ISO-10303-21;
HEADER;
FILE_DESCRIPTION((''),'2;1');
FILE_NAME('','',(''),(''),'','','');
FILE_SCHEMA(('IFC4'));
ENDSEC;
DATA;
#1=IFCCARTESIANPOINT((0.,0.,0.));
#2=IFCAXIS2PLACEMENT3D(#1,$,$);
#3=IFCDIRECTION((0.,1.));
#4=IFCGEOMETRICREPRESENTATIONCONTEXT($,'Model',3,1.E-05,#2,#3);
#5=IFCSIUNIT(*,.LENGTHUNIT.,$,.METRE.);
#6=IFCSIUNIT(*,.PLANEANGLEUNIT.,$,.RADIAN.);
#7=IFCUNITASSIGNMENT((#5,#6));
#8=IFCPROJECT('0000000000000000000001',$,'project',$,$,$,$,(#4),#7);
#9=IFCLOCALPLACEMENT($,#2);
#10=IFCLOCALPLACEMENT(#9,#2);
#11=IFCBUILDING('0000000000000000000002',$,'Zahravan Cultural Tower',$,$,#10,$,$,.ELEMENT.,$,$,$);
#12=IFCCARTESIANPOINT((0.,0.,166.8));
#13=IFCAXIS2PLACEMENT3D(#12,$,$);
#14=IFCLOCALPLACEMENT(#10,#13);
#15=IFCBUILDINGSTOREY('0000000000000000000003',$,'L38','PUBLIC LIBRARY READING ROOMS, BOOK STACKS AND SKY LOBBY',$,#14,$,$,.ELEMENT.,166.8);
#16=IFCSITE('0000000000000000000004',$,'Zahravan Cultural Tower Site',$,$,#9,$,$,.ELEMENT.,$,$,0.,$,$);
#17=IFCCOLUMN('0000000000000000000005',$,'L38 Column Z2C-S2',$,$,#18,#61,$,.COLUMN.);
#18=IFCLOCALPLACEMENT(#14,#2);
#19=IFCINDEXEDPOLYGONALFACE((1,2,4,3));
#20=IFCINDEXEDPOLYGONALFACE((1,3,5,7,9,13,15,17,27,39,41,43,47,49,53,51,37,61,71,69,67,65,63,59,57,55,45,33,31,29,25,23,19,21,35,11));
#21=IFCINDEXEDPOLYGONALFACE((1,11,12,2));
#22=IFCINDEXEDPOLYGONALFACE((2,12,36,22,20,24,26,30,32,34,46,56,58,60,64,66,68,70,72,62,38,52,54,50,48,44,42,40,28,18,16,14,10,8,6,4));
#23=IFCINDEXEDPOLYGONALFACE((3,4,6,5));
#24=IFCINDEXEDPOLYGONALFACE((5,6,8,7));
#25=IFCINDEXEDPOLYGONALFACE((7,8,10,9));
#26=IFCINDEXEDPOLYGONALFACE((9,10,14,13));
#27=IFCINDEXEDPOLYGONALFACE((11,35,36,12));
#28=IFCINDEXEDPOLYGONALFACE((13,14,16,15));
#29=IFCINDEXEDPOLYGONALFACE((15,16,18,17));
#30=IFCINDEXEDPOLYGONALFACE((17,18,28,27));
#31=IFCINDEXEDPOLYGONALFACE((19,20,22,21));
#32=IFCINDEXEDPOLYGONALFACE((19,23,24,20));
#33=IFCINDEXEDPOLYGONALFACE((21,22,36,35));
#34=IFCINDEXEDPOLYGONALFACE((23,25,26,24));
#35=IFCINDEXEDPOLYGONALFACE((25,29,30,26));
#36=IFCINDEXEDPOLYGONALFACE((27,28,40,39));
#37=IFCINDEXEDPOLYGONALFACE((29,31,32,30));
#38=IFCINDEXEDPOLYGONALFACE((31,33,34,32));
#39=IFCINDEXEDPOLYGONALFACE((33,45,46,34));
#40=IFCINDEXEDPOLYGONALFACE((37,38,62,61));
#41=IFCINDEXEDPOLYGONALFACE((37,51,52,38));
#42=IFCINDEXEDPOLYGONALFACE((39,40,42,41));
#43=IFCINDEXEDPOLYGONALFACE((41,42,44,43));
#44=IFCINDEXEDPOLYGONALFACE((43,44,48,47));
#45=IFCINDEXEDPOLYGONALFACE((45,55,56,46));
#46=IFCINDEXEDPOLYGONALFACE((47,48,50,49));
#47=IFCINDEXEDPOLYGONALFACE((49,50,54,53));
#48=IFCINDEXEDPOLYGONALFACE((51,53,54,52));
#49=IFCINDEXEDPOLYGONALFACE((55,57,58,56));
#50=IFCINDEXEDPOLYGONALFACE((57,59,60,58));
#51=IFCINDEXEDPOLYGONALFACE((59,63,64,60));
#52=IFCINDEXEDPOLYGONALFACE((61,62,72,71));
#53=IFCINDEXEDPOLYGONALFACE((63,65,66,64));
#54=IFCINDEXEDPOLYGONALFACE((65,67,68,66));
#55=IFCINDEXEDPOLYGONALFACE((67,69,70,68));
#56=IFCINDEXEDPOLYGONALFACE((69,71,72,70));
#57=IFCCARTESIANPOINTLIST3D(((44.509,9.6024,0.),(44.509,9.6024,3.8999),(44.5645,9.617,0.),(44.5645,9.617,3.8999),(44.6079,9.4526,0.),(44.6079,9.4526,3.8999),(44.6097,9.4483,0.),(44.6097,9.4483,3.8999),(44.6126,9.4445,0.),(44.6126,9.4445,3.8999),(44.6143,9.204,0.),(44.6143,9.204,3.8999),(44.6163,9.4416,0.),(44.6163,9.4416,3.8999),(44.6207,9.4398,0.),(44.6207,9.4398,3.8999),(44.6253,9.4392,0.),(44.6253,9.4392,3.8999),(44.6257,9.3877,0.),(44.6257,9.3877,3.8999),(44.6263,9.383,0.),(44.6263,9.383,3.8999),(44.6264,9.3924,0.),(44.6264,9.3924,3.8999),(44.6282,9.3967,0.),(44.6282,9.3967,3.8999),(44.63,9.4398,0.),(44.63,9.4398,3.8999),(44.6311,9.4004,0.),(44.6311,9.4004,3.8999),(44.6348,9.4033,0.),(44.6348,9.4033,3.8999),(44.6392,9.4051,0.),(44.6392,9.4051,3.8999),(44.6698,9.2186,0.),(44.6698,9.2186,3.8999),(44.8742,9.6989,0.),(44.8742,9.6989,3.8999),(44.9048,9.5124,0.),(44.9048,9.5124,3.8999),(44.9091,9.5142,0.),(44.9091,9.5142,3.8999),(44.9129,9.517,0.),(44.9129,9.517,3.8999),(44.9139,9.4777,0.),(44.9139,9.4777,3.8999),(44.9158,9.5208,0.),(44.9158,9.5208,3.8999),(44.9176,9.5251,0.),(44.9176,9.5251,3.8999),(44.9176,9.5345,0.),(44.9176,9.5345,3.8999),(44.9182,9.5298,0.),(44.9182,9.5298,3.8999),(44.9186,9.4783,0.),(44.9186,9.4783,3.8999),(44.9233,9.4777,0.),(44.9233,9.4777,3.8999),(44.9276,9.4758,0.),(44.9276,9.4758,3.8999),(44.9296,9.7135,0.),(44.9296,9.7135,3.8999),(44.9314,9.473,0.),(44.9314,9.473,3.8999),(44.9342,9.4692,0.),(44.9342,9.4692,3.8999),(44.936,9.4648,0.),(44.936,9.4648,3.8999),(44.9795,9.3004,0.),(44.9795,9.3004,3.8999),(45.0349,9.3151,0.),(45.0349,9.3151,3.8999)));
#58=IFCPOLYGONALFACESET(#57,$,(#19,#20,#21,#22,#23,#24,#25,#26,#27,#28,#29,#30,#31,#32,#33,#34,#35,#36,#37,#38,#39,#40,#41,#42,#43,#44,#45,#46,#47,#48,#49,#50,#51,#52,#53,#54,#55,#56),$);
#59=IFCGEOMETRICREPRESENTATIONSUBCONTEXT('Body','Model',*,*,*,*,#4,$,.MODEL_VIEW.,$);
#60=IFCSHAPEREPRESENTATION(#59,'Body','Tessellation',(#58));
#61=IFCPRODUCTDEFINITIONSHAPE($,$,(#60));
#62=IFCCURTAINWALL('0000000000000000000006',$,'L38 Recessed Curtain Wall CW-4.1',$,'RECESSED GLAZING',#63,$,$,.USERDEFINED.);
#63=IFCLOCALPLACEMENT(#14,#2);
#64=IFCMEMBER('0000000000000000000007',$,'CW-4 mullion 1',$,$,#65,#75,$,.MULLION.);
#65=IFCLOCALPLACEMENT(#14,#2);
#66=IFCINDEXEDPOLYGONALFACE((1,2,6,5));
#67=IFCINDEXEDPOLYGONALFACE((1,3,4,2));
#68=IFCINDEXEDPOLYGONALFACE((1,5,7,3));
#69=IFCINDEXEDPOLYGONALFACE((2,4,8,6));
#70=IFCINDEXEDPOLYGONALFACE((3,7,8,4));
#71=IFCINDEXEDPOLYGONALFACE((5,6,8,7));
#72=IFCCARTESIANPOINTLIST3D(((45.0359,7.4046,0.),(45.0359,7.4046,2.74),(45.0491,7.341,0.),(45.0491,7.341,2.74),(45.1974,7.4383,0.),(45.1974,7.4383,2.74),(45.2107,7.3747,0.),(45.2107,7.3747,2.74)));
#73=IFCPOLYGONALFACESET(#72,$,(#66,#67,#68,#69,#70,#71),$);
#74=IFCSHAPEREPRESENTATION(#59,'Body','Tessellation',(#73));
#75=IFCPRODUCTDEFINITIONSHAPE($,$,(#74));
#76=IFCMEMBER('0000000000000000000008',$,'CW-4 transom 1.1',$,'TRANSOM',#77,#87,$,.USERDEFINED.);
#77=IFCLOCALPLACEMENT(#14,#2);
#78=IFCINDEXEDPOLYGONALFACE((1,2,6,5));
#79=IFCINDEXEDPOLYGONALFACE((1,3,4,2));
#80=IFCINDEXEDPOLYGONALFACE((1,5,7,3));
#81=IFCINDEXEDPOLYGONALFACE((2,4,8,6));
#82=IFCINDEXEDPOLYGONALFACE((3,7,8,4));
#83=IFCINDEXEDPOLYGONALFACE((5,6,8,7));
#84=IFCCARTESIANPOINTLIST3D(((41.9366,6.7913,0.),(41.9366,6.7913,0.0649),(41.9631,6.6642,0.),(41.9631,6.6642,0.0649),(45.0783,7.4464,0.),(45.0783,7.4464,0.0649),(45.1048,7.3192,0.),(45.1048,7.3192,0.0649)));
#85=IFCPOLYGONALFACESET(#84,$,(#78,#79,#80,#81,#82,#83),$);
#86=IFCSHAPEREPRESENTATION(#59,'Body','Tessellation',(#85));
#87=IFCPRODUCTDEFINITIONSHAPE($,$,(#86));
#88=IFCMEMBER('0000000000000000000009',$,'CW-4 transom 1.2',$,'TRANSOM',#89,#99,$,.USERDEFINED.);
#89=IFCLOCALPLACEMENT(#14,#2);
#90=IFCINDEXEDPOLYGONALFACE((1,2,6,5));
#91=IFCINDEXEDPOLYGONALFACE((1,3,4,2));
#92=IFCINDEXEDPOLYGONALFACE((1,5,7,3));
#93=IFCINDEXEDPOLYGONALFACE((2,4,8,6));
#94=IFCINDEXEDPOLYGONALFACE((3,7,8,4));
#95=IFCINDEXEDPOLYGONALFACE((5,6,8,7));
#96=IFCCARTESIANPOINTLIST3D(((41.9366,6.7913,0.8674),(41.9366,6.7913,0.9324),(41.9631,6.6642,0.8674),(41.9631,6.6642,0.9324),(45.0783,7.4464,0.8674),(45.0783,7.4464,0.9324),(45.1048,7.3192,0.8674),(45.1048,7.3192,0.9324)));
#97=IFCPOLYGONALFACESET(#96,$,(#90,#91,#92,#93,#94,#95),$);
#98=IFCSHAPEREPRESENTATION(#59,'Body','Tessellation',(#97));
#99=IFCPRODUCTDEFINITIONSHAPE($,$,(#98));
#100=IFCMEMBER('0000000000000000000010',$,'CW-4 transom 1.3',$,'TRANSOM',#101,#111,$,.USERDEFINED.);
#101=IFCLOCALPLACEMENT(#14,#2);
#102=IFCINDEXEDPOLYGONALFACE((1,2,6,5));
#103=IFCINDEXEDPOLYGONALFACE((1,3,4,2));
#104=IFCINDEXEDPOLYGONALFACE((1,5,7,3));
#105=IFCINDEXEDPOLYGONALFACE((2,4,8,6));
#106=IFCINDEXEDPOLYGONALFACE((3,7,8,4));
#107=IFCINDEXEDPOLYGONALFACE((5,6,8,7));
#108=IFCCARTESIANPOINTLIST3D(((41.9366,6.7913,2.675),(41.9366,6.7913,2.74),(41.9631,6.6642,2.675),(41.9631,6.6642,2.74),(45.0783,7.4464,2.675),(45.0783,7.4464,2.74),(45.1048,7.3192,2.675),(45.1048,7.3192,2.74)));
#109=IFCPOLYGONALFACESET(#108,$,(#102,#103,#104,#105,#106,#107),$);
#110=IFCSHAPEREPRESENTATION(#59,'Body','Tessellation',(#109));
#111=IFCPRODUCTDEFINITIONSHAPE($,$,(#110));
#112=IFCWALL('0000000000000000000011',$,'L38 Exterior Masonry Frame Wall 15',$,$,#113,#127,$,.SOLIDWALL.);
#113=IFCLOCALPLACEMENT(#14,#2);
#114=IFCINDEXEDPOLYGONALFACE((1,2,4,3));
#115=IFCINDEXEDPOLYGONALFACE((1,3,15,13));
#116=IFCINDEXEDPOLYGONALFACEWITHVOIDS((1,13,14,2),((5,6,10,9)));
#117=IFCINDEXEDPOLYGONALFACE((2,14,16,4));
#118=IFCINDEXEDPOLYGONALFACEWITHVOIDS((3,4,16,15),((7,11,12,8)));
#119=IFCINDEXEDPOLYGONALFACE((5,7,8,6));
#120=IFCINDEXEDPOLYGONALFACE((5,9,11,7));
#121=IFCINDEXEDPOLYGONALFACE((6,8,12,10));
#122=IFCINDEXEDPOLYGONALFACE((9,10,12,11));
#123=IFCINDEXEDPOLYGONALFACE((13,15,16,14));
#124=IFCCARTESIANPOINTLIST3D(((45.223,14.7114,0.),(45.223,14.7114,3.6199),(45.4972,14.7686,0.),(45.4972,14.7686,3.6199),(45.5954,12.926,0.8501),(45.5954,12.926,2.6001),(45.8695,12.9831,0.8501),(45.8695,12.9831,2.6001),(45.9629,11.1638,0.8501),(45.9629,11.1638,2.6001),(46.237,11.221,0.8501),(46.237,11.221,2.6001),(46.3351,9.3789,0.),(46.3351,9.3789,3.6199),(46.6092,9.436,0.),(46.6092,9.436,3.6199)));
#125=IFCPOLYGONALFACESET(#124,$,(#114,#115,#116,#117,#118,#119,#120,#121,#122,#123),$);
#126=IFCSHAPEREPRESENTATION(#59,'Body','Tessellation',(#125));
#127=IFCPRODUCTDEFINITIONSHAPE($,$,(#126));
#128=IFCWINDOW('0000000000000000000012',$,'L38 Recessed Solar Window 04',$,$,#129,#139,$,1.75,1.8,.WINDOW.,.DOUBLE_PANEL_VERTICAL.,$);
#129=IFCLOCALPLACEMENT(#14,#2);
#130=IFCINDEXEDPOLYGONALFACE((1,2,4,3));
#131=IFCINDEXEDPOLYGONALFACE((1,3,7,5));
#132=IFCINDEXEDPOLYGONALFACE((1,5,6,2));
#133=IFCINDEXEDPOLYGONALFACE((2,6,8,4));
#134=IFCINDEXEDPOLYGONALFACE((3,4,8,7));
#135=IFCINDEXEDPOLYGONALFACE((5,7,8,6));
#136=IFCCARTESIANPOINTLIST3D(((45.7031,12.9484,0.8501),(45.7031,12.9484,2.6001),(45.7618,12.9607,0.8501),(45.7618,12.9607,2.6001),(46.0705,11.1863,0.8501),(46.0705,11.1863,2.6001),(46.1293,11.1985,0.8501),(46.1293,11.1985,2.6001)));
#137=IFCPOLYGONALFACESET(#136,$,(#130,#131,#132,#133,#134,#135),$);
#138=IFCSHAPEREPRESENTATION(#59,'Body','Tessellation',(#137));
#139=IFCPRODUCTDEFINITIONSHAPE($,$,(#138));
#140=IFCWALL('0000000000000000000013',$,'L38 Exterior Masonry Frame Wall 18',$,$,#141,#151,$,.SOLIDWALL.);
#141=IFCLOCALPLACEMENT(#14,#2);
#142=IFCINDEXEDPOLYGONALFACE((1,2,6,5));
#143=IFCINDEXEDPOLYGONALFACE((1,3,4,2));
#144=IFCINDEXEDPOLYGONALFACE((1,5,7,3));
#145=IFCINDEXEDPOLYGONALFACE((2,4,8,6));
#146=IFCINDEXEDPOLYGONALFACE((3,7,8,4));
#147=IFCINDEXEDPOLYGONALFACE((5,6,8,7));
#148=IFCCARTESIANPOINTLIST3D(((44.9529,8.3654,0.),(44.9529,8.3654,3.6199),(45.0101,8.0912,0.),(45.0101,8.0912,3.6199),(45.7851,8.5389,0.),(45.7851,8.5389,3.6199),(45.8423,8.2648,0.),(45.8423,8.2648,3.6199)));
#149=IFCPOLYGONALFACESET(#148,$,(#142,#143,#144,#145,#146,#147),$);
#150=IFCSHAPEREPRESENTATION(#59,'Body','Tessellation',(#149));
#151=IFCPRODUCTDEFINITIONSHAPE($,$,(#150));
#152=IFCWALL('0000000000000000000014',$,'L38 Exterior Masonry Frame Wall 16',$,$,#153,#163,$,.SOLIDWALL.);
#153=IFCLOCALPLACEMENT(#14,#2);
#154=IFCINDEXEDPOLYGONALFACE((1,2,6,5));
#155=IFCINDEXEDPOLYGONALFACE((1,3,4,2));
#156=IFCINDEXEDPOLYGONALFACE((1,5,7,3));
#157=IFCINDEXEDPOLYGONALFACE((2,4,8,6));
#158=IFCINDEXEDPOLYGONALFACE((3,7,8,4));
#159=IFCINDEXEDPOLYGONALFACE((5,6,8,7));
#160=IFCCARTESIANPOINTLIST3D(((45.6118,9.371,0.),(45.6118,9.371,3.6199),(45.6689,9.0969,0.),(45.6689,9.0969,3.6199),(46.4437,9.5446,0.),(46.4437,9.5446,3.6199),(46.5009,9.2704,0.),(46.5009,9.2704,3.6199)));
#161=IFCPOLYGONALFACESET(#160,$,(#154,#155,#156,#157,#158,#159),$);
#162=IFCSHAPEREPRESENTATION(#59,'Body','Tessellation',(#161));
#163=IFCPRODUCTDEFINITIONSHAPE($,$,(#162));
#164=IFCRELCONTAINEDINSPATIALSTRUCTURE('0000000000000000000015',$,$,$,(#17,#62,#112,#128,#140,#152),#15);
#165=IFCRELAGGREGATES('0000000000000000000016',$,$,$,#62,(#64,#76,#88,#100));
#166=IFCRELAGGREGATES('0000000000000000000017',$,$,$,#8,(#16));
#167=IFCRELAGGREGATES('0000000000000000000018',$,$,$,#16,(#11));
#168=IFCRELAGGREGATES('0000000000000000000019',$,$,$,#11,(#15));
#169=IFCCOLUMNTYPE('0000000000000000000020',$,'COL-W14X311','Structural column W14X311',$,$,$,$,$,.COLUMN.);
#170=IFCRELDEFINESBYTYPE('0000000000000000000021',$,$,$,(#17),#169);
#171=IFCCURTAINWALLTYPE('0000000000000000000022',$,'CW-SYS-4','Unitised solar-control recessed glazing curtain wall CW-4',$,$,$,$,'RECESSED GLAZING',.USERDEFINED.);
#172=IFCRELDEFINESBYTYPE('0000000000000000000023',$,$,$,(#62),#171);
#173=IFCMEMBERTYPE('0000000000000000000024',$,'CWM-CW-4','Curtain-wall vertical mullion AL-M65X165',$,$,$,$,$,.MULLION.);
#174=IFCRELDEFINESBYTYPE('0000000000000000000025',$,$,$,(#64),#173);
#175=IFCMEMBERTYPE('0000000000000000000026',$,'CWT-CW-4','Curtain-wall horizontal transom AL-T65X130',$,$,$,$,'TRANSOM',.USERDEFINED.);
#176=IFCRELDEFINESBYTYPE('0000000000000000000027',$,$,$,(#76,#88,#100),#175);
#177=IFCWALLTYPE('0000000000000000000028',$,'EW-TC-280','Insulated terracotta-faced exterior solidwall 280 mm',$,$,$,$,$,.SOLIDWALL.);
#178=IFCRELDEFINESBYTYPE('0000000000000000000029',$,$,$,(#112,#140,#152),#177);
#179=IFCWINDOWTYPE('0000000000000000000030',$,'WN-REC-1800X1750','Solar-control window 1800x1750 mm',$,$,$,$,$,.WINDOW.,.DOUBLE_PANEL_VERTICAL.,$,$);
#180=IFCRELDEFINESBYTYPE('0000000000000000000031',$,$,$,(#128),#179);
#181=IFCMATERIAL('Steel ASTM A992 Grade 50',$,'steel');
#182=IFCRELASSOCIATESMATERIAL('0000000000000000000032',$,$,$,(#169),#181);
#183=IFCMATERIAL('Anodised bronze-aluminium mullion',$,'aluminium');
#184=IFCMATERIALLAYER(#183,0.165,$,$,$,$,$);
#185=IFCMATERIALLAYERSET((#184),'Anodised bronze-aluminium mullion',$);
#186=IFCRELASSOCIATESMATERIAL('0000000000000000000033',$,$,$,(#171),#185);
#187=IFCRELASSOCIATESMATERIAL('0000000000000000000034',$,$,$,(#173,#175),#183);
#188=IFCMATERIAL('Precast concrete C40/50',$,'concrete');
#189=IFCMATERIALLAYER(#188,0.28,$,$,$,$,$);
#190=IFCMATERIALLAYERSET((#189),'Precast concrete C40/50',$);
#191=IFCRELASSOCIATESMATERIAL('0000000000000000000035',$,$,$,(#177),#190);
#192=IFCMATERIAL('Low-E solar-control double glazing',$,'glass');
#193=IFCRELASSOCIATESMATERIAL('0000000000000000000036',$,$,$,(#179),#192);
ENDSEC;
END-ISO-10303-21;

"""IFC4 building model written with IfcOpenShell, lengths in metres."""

from ifc_helpers import new_model, si_unit, direction, frame, frame_2d, origin, origin_2d, place, context, subcontext, project, spatial, rectangle, i_section, extrude, source, transform, mapped, material, layer, layer_set, material_profile, profile_set, type_object, element, fill, aggregate, save


model = new_model("IFC4")

# Units and contexts
model_context = context("Model", 3, precision=1e-05, world=origin(), true_north=direction((0.0, 1.0)))
body_context = subcontext(model_context, "Body", "Model", "MODEL_VIEW")
ifc_project = project(units=[si_unit("LENGTHUNIT", "METRE"), si_unit("PLANEANGLEUNIT", "RADIAN")], contexts=[model_context])

# Site, building, storey
site_placement = place(None, origin())
site = spatial("IfcSite", under=ifc_project, at=site_placement, Name="Zahravan Cultural Tower Site", CompositionType="ELEMENT", RefElevation=0.0)
building_placement = place(site_placement, origin())
building = spatial("IfcBuilding", under=site, at=building_placement, Name="Zahravan Cultural Tower", CompositionType="ELEMENT")
storey_placement = place(building_placement, frame((0.0, 0.0, 166.8)))
storey = spatial("IfcBuildingStorey", under=building, at=storey_placement, Name="L38", Description="PUBLIC LIBRARY READING ROOMS, BOOK STACKS AND SKY LOBBY", CompositionType="ELEMENT", Elevation=166.8)

# Column
ifc_material_1 = material(Name="Steel ASTM A992 Grade 50", Category="steel")
ifc_material_profile_1 = material_profile(ifc_material_1, i_section(OverallWidth=0.4121, OverallDepth=0.4351, WebThickness=0.0359, FlangeThickness=0.0574, FilletRadius=0.0181, at=origin_2d()), Name="W14X311")
ifc_profile_set_1 = profile_set([ifc_material_profile_1], Name="Steel ASTM A992 Grade 50")
column_type = type_object("IfcColumnType", Name="COL-W14X311", Description="Structural column W14X311", PredefinedType="COLUMN", material=ifc_profile_set_1)
shared_shape_1 = source(origin(), body_context, "Body", "SweptSolid", [
    extrude(i_section(OverallWidth=0.4121, OverallDepth=0.4351, WebThickness=0.0359, FlangeThickness=0.0574, FilletRadius=0.0181, at=origin_2d()), origin(), (0.0, 0.0, 1.0), 3.8999),
])
column_placement = place(storey_placement, frame((44.772, 9.4587, 0.0), z_axis=(0.0, 0.0, 1.0), x_axis=(-0.255446, 0.966823, 0.0)))
element("IfcColumn", 1, at=column_placement, inside=storey, type_object=column_type, Name="L38 Column Z2C-S2", PredefinedType="COLUMN", context=body_context, shape_type="MappedRepresentation", body=[
    mapped(shared_shape_1, transform((0.0, 0.0, 0.0), x_axis=(1.0, 0.0, 0.0), y_axis=(0.0, 1.0, 0.0), z_axis=(0.0, 0.0, 1.0), scale=1.0)),
])

# Curtain wall, members
ifc_material_2 = material(Name="Anodised bronze-aluminium mullion", Category="aluminium")
ifc_layer_1 = layer(ifc_material_2, 0.165)
ifc_layer_set_1 = layer_set([ifc_layer_1], Name="Anodised bronze-aluminium mullion")
curtain_wall_type = type_object("IfcCurtainWallType", Name="CW-SYS-4", Description="Unitised solar-control recessed glazing curtain wall CW-4", ElementType="RECESSED GLAZING", PredefinedType="USERDEFINED", material=ifc_layer_set_1)
curtain_wall_placement = place(storey_placement, origin())
curtain_wall = element("IfcCurtainWall", 2, at=curtain_wall_placement, inside=storey, type_object=curtain_wall_type, Name="L38 Recessed Curtain Wall CW-4.1", ObjectType="RECESSED GLAZING", PredefinedType="USERDEFINED")
ifc_material_profile_2 = material_profile(ifc_material_2, rectangle(XDim=0.0649, YDim=0.165, at=origin_2d()), Name="AL-M65X165")
ifc_profile_set_2 = profile_set([ifc_material_profile_2], Name="Anodised bronze-aluminium mullion")
member_type_1 = type_object("IfcMemberType", Name="CWM-CW-4", Description="Curtain-wall vertical mullion AL-M65X165", PredefinedType="MULLION", material=ifc_profile_set_2)
shared_shape_2 = source(origin(), body_context, "Body", "SweptSolid", [
    extrude(rectangle(XDim=0.0649, YDim=0.165, at=origin_2d()), origin(), (0.0, 0.0, 1.0), 2.74),
])
member_1_placement = place(storey_placement, frame((45.1233, 7.3896, 0.0), z_axis=(0.0, 0.0, 1.0), x_axis=(0.204162, -0.978937, 0.0)))
member_1 = element("IfcMember", 3, at=member_1_placement, type_object=member_type_1, Name="CW-4 mullion 1", PredefinedType="MULLION", context=body_context, shape_type="MappedRepresentation", body=[
    mapped(shared_shape_2, transform((0.0, 0.0, 0.0), x_axis=(1.0, 0.0, 0.0), y_axis=(0.0, 1.0, 0.0), z_axis=(0.0, 0.0, 1.0), scale=1.0)),
])
ifc_material_profile_3 = material_profile(ifc_material_2, rectangle(XDim=0.1299, YDim=0.0649, at=origin_2d()), Name="AL-T65X130")
ifc_profile_set_3 = profile_set([ifc_material_profile_3], Name="Anodised bronze-aluminium mullion")
member_type_2 = type_object("IfcMemberType", Name="CWT-CW-4", Description="Curtain-wall horizontal transom AL-T65X130", ElementType="TRANSOM", PredefinedType="USERDEFINED", material=ifc_profile_set_3)
shared_shape_3 = source(origin(), body_context, "Body", "SweptSolid", [
    extrude(rectangle(XDim=0.1299, YDim=0.0649, at=origin_2d()), origin(), (0.0, 0.0, 1.0), 3.2092),
])
member_2_placement = place(storey_placement, frame((45.0916, 7.3828, 0.0325), z_axis=(-0.978947, -0.204112, 0.0), x_axis=(0.204112, -0.978947, 0.0)))
member_2 = element("IfcMember", 4, at=member_2_placement, type_object=member_type_2, Name="CW-4 transom 1.1", ObjectType="TRANSOM", PredefinedType="USERDEFINED", context=body_context, shape_type="MappedRepresentation", body=[
    mapped(shared_shape_3, transform((0.0, 0.0, 0.0), x_axis=(1.0, 0.0, 0.0), y_axis=(0.0, 1.0, 0.0), z_axis=(0.0, 0.0, 1.0), scale=1.0)),
])
member_3_placement = place(storey_placement, frame((45.0916, 7.3828, 0.8999), z_axis=(-0.978947, -0.204112, 0.0), x_axis=(0.204112, -0.978947, 0.0)))
member_3 = element("IfcMember", 5, at=member_3_placement, type_object=member_type_2, Name="CW-4 transom 1.2", ObjectType="TRANSOM", PredefinedType="USERDEFINED", context=body_context, shape_type="MappedRepresentation", body=[
    mapped(shared_shape_3, transform((0.0, 0.0, 0.0), x_axis=(1.0, 0.0, 0.0), y_axis=(0.0, 1.0, 0.0), z_axis=(0.0, 0.0, 1.0), scale=1.0)),
])
member_4_placement = place(storey_placement, frame((45.0916, 7.3828, 2.7075), z_axis=(-0.978947, -0.204112, 0.0), x_axis=(0.204112, -0.978947, 0.0)))
member_4 = element("IfcMember", 6, at=member_4_placement, type_object=member_type_2, Name="CW-4 transom 1.3", ObjectType="TRANSOM", PredefinedType="USERDEFINED", context=body_context, shape_type="MappedRepresentation", body=[
    mapped(shared_shape_3, transform((0.0, 0.0, 0.0), x_axis=(1.0, 0.0, 0.0), y_axis=(0.0, 1.0, 0.0), z_axis=(0.0, 0.0, 1.0), scale=1.0)),
])
aggregate(curtain_wall, [member_1, member_2, member_3, member_4])

# Shared definitions
ifc_material_3 = material(Name="Precast concrete C40/50", Category="concrete")
ifc_layer_2 = layer(ifc_material_3, 0.28)
ifc_layer_set_2 = layer_set([ifc_layer_2], Name="Precast concrete C40/50")
wall_type_1 = type_object("IfcWallType", Name="EW-TC-280", Description="Insulated terracotta-faced exterior solidwall 280 mm", PredefinedType="SOLIDWALL", material=ifc_layer_set_2)

# Wall, opening, window
wall_1_placement = place(storey_placement, frame((45.3601, 14.74, 0.0), z_axis=(0.0, 0.0, 1.0), x_axis=(0.204151, -0.978939, 0.0)))
wall_1 = element("IfcWall", 7, at=wall_1_placement, inside=storey, type_object=wall_type_1, Name="L38 Exterior Masonry Frame Wall 15", PredefinedType="SOLIDWALL", context=body_context, shape_type="SweptSolid", body=[
    extrude(rectangle(XDim=5.4473, YDim=0.28, at=frame_2d((2.7236, 0.0))), origin(), (0.0, 0.0, 1.0), 3.6199),
])
opening_1_placement = place(wall_1_placement, frame((1.824, 0.0, 0.8501)))
opening_1 = element("IfcOpeningElement", 8, at=opening_1_placement, cuts=wall_1, PredefinedType="OPENING", context=body_context, shape_type="SweptSolid", body=[
    extrude(rectangle(XDim=1.8, YDim=1.75, at=frame_2d((0.8999, 0.875))), frame((0.0, 0.1499, 0.0), z_axis=(0.0, -1.0, 0.0), x_axis=(1.0, 0.0, 0.0)), (0.0, 0.0, 1.0), 0.3),
])
ifc_material_4 = material(Name="Low-E solar-control double glazing", Category="glass")
window_type = type_object("IfcWindowType", Name="WN-REC-1800X1750", Description="Solar-control window 1800x1750 mm", PartitioningType="DOUBLE_PANEL_VERTICAL", PredefinedType="WINDOW", material=ifc_material_4)
shared_shape_4 = source(origin(), body_context, "Body", "SweptSolid", [
    extrude(rectangle(XDim=1.8, YDim=1.75, at=frame_2d((0.8999, 0.875))), frame((0.0, 0.03, 0.0), z_axis=(0.0, -1.0, 0.0), x_axis=(1.0, 0.0, 0.0)), (0.0, 0.0, 1.0), 0.0601),
])
window_placement = place(opening_1_placement, origin())
window = element("IfcWindow", 9, at=window_placement, inside=storey, type_object=window_type, Name="L38 Recessed Solar Window 04", OverallHeight=1.75, OverallWidth=1.8, PartitioningType="DOUBLE_PANEL_VERTICAL", PredefinedType="WINDOW", context=body_context, shape_type="MappedRepresentation", body=[
    mapped(shared_shape_4, transform((0.0, 0.0, 0.0), x_axis=(1.0, 0.0, 0.0), y_axis=(0.0, 1.0, 0.0), z_axis=(0.0, 0.0, 1.0), scale=1.0)),
])
fill(opening_1, window)

# Walls
shared_shape_5 = source(origin(), body_context, "Body", "SweptSolid", [
    extrude(rectangle(XDim=0.8501, YDim=0.28, at=frame_2d((0.425, 0.0))), origin(), (0.0, 0.0, 1.0), 3.6199),
])
wall_2_placement = place(storey_placement, frame((45.8137, 8.4019, 0.0), z_axis=(0.0, 0.0, 1.0), x_axis=(-0.978935, -0.204172, 0.0)))
element("IfcWall", 10, at=wall_2_placement, inside=storey, type_object=wall_type_1, Name="L38 Exterior Masonry Frame Wall 18", PredefinedType="SOLIDWALL", context=body_context, shape_type="MappedRepresentation", body=[
    mapped(shared_shape_5, transform((0.0, 0.0, 0.0), x_axis=(1.0, 0.0, 0.0), y_axis=(0.0, 1.0, 0.0), z_axis=(0.0, 0.0, 1.0), scale=1.0)),
])
shared_shape_6 = source(origin(), body_context, "Body", "SweptSolid", [
    extrude(rectangle(XDim=0.8499, YDim=0.28, at=frame_2d((0.4248, 0.0))), origin(), (0.0, 0.0, 1.0), 3.6199),
])
for number, where, z_axis, x_axis, name in (
    (11, (46.4722, 9.4075, 0.0), (0.0, 0.0, 1.0), (-0.978923, -0.20423, 0.0), "L38 Exterior Masonry Frame Wall 16"),
):
    element("IfcWall", number, at=place(storey_placement, frame(where, z_axis=z_axis, x_axis=x_axis)), inside=storey, type_object=wall_type_1, Name=name, PredefinedType="SOLIDWALL", context=body_context, shape_type="MappedRepresentation", body=[
        mapped(shared_shape_6, transform((0.0, 0.0, 0.0), x_axis=(1.0, 0.0, 0.0), y_axis=(0.0, 1.0, 0.0), z_axis=(0.0, 0.0, 1.0), scale=1.0)),
    ])

save(model, "model.ifc")
